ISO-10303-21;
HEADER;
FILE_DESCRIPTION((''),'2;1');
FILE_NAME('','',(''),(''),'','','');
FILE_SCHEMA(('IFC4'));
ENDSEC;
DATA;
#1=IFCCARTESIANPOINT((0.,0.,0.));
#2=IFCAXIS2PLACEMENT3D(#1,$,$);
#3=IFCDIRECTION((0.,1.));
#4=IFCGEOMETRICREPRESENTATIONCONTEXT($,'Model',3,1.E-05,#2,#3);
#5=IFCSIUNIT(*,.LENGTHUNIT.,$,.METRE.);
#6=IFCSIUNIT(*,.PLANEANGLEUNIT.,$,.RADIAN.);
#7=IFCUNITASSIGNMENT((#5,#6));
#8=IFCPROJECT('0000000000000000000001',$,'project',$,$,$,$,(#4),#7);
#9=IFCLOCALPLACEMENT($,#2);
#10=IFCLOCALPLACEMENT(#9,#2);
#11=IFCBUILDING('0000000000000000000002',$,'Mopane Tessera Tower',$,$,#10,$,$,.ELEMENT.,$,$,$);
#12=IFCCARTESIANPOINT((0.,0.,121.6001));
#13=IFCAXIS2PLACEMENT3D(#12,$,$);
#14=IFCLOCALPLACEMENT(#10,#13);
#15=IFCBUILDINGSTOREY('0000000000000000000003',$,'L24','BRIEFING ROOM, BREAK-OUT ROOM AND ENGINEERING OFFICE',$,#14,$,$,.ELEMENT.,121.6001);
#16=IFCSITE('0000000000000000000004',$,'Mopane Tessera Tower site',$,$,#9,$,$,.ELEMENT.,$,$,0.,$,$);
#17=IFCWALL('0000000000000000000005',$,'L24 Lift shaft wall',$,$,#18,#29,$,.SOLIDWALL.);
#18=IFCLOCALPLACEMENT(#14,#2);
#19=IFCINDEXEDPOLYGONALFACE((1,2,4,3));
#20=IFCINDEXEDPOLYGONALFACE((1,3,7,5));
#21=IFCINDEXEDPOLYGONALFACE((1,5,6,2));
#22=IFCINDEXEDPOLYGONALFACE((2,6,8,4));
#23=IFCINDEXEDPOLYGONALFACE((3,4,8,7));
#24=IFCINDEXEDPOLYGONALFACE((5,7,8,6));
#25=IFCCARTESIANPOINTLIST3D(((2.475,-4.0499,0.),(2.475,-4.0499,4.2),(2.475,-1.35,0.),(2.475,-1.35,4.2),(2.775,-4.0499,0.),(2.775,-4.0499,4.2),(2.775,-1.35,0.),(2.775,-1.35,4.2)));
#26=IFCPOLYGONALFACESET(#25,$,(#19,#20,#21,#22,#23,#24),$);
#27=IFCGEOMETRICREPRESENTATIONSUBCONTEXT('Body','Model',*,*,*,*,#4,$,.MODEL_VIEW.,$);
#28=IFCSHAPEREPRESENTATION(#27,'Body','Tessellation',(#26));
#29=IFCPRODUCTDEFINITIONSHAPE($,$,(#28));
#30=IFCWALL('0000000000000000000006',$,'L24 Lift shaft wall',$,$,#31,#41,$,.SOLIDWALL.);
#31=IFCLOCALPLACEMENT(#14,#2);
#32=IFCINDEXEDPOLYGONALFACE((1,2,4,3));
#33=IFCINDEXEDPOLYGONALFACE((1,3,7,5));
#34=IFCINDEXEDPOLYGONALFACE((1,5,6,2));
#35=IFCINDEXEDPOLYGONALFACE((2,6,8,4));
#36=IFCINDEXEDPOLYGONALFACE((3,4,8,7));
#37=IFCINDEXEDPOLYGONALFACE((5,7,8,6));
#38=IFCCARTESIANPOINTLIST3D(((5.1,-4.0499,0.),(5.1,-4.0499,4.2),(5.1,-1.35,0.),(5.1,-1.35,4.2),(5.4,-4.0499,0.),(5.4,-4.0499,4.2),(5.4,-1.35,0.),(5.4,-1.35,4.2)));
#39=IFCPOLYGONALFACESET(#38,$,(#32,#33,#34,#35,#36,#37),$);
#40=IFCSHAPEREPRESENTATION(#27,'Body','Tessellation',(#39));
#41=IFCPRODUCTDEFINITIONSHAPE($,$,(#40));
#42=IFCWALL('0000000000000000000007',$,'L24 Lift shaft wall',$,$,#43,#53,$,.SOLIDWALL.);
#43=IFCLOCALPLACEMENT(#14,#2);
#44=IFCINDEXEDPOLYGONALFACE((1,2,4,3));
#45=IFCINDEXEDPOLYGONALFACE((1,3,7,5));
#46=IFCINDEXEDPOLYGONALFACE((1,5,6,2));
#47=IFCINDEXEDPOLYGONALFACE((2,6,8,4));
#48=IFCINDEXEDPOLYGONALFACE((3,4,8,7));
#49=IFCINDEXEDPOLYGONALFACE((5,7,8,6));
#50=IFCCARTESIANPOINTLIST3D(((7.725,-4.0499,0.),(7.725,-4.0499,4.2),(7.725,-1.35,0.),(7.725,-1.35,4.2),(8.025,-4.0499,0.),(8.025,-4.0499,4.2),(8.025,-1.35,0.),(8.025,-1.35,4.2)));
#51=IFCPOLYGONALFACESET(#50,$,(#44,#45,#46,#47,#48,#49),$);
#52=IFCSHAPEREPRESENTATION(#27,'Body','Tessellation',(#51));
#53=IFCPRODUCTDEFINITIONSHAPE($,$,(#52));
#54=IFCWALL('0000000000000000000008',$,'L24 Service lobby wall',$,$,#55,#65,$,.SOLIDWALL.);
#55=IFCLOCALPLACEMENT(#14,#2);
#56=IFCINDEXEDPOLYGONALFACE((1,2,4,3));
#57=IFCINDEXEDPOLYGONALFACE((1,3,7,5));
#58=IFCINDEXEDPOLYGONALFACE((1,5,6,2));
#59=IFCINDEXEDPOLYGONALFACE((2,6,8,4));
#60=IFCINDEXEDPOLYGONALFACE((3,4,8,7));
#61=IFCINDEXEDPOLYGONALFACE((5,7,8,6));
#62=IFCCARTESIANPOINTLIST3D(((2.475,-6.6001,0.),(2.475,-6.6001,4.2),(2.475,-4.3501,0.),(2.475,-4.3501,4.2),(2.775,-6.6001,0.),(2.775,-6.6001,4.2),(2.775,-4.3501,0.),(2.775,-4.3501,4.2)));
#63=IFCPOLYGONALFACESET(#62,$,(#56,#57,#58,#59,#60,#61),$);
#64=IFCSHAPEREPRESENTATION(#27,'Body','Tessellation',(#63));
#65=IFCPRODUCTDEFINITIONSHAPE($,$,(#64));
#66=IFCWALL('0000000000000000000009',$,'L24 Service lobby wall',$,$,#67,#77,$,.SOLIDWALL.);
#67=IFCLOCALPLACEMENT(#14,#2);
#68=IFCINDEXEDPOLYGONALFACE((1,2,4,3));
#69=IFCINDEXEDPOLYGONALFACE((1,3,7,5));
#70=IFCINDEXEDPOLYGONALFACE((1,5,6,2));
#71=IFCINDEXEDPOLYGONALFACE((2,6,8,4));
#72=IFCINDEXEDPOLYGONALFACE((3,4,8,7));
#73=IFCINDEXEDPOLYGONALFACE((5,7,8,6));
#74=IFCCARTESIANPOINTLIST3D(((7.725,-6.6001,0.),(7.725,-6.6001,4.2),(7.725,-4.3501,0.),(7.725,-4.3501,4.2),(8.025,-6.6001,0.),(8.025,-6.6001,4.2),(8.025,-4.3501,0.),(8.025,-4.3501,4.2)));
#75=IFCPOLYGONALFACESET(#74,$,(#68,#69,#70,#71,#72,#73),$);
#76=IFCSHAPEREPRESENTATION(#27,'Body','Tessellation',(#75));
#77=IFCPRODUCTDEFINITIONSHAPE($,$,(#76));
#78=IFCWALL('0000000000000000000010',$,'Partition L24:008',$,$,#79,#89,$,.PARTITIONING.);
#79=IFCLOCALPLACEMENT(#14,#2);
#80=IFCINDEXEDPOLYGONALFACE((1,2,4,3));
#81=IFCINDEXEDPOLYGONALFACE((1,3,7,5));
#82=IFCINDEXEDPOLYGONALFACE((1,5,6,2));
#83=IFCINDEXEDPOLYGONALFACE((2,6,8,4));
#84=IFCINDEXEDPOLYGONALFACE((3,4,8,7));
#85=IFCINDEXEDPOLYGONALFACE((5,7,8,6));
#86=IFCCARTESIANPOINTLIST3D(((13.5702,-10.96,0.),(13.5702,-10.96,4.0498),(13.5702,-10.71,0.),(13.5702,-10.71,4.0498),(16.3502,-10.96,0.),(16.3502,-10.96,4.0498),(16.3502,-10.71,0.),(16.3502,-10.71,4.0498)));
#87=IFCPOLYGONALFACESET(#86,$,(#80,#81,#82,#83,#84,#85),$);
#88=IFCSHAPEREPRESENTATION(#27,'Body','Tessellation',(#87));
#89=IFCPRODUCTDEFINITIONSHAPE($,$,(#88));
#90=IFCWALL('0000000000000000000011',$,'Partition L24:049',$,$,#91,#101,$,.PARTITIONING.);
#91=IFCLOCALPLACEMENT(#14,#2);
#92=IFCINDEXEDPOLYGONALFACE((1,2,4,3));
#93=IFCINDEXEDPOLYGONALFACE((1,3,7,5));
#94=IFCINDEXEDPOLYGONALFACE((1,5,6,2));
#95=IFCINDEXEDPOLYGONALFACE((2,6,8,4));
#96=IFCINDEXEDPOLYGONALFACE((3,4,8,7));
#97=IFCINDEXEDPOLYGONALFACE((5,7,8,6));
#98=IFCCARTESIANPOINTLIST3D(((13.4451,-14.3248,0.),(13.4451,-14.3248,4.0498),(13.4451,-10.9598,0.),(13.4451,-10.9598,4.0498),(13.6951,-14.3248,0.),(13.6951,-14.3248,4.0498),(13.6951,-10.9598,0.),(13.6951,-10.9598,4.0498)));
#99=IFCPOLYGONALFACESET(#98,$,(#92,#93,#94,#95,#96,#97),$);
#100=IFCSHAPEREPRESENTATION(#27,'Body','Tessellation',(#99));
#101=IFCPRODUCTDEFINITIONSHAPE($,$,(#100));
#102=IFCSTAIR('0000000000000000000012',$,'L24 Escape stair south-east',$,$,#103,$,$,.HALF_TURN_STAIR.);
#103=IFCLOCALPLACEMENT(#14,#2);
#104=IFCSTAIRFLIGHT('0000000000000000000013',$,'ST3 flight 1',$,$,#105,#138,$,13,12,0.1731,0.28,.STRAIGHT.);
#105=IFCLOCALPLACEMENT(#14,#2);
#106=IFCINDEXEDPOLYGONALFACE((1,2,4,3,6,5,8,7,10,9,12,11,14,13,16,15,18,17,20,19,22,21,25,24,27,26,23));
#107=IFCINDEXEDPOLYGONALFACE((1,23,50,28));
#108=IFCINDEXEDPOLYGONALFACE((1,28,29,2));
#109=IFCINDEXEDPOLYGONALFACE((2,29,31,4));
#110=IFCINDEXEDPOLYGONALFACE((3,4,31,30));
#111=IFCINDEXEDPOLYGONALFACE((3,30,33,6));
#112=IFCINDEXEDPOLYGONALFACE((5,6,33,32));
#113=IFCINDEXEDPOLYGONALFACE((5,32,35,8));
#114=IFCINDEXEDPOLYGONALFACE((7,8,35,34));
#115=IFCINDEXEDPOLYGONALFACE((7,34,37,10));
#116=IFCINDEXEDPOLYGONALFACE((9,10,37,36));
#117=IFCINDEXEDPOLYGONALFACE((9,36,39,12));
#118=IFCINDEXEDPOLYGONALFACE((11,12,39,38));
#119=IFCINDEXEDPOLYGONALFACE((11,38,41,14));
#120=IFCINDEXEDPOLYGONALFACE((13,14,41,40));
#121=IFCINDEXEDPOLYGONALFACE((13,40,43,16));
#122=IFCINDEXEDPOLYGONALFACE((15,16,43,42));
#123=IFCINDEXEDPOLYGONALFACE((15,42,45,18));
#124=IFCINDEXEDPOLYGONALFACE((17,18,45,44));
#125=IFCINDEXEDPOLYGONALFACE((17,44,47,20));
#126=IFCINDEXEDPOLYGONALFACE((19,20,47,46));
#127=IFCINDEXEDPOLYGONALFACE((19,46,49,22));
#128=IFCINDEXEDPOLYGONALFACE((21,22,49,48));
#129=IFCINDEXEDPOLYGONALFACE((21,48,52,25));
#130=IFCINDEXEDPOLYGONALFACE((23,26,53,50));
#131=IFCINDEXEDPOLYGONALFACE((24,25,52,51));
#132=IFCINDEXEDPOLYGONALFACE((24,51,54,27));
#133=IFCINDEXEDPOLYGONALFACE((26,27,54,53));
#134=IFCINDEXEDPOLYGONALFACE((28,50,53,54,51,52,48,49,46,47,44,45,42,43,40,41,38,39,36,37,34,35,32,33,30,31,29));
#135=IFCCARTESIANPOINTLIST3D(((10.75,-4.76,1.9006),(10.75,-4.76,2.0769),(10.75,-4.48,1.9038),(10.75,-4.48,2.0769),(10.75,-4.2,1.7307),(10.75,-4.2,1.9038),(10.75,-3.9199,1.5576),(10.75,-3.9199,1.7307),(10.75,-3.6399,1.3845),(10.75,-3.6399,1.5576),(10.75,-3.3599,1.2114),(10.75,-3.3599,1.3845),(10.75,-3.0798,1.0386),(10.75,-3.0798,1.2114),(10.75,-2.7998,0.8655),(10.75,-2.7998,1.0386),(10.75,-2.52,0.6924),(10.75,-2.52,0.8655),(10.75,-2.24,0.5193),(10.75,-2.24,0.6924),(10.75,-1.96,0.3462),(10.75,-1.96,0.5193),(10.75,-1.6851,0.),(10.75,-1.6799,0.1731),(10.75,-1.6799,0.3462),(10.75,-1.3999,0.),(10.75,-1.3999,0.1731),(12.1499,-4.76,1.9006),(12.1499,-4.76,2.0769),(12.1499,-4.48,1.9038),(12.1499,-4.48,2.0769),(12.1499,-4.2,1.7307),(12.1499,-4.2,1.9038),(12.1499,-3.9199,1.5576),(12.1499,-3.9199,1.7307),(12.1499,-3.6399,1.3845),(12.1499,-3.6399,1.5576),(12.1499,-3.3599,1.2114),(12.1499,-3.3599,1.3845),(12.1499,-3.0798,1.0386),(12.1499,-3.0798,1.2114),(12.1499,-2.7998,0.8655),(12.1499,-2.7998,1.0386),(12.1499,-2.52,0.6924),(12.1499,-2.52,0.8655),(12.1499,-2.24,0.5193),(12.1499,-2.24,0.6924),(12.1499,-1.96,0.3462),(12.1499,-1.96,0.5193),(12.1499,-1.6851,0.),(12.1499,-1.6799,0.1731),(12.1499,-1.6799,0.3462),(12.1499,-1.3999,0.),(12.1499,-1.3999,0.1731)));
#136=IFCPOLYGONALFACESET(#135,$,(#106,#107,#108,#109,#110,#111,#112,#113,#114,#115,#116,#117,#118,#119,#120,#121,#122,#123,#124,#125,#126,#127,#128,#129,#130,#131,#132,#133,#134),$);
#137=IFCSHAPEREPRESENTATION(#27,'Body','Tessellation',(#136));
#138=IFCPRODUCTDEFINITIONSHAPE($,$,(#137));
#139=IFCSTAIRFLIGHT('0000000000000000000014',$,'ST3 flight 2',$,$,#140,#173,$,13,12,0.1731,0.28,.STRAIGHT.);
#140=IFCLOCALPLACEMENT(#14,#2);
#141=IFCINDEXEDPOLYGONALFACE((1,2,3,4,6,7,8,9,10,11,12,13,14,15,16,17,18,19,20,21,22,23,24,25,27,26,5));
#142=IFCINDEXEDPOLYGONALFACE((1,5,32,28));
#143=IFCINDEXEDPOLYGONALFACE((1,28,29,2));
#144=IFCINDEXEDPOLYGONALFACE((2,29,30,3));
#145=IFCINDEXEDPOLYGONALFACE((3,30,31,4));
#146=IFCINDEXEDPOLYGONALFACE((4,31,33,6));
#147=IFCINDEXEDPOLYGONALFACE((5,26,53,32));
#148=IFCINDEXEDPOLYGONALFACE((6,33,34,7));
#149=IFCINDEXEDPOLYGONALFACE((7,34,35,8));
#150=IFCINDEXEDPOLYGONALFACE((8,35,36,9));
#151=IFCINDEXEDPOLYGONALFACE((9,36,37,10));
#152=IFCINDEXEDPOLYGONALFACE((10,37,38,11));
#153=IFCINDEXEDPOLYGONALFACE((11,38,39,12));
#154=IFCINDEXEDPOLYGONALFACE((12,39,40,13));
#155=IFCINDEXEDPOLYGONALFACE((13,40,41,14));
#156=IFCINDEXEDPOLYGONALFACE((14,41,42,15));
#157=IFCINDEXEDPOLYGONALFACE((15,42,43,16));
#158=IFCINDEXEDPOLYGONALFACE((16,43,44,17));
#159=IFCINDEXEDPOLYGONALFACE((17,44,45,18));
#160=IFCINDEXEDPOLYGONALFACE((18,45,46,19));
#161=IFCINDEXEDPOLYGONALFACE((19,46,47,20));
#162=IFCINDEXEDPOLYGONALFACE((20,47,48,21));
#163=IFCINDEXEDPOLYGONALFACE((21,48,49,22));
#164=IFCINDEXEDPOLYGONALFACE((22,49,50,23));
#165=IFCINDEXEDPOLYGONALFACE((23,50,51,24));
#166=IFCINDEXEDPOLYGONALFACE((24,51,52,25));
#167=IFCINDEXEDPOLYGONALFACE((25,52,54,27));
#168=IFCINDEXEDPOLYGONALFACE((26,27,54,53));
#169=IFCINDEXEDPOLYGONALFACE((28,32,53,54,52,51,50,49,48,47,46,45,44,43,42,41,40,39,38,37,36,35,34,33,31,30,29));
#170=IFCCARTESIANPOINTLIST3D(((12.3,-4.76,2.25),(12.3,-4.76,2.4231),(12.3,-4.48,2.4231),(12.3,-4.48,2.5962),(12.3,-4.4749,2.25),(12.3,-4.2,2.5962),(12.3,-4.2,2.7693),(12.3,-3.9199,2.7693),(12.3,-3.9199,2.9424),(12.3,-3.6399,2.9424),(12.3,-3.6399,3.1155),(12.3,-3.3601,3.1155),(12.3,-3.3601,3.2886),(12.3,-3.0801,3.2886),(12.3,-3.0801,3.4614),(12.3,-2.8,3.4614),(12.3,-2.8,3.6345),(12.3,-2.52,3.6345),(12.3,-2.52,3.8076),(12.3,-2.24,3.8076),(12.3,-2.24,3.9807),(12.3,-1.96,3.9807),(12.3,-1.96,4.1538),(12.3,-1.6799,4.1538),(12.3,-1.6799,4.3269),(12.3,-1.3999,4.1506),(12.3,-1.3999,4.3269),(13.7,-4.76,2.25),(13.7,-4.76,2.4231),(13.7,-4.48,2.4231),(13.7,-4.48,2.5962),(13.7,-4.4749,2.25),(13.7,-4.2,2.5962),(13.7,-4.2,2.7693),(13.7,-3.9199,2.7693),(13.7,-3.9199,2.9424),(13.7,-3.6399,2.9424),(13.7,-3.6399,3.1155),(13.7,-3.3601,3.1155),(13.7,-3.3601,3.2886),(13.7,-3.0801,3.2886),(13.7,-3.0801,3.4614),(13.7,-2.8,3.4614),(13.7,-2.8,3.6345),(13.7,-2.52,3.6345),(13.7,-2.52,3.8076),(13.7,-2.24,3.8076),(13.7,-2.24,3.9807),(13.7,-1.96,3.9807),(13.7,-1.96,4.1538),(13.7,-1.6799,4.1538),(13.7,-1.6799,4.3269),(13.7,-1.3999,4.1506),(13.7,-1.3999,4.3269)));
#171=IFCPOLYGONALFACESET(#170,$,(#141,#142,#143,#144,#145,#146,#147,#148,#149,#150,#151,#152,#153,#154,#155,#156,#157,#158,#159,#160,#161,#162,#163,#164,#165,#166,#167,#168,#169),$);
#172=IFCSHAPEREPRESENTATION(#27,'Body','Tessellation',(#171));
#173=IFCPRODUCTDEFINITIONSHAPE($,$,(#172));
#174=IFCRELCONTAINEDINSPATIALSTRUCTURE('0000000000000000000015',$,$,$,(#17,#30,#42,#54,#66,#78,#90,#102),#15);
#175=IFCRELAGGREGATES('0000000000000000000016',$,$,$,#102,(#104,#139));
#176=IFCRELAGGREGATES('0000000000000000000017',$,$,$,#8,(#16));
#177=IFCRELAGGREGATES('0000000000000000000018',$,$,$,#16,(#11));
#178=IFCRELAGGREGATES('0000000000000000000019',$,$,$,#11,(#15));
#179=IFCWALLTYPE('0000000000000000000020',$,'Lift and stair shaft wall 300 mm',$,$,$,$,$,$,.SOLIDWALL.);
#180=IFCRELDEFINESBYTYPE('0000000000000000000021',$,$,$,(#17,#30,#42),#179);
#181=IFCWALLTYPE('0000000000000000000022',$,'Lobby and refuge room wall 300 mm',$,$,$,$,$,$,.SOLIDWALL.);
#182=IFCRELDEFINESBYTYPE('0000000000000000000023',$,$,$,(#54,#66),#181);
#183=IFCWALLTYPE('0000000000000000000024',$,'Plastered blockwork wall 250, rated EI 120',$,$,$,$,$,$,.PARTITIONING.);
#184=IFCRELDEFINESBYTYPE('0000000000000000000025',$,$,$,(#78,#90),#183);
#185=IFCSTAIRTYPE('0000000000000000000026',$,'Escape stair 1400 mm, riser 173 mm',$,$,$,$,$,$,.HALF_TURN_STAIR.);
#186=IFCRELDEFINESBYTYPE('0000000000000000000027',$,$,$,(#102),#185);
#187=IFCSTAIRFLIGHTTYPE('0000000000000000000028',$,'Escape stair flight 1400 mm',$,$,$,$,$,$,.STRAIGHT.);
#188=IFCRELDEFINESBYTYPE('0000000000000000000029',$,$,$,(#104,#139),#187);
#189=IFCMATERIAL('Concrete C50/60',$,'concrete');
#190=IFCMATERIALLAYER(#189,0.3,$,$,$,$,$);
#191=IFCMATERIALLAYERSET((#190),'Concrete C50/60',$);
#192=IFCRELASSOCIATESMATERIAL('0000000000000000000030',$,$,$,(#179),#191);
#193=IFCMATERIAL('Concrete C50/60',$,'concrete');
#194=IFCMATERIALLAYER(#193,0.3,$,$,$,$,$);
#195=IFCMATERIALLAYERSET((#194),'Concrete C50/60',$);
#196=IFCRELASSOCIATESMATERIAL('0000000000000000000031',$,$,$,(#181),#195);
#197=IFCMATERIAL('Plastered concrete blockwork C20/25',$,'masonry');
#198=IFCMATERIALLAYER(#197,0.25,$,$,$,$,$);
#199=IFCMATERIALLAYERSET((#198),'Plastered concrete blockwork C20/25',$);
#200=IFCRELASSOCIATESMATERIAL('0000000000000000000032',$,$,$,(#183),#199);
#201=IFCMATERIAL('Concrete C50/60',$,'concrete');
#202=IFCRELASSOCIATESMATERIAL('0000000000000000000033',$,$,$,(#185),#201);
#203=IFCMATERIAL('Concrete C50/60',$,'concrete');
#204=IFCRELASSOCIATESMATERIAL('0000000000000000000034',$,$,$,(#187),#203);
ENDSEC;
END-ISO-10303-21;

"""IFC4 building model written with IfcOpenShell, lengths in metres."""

from ifc_helpers import new_model, si_unit, direction, frame, frame_2d, origin, place, context, subcontext, project, spatial, polyline, rectangle, outline, extrude, material, layer, layer_set, type_object, element, aggregate, save


model = new_model("IFC4")

# Units and contexts
model_context = context("Model", 3, precision=1e-05, world=origin(), true_north=direction((0.0, 1.0)))
body_context = subcontext(model_context, "Body", "Model", "MODEL_VIEW")
ifc_project = project(units=[si_unit("LENGTHUNIT", "METRE"), si_unit("PLANEANGLEUNIT", "RADIAN")], contexts=[model_context])

# Site, building, storey
site_placement = place(None, origin())
site = spatial("IfcSite", under=ifc_project, at=site_placement, Name="Mopane Tessera Tower site", CompositionType="ELEMENT", RefElevation=0.0)
building_placement = place(site_placement, origin())
building = spatial("IfcBuilding", under=site, at=building_placement, Name="Mopane Tessera Tower", CompositionType="ELEMENT")
storey_placement = place(building_placement, frame((0.0, 0.0, 121.6001)))
storey = spatial("IfcBuildingStorey", under=building, at=storey_placement, Name="L24", Description="BRIEFING ROOM, BREAK-OUT ROOM AND ENGINEERING OFFICE", CompositionType="ELEMENT", Elevation=121.6001)

# Shared definitions
ifc_material_1 = material(Name="Concrete C50/60", Category="concrete")
ifc_layer_1 = layer(ifc_material_1, 0.3)
ifc_layer_set_1 = layer_set([ifc_layer_1], Name="Concrete C50/60")
wall_type_1 = type_object("IfcWallType", Name="Lift and stair shaft wall 300 mm", PredefinedType="SOLIDWALL", material=ifc_layer_set_1)

# Walls
for number, where, z_axis, x_axis, name in (
    (1, (2.625, -4.05, 0.0), (0.0, 0.0, 1.0), (0.0, 1.0, 0.0), "L24 Lift shaft wall"),
    (2, (5.25, -4.05, 0.0), (0.0, 0.0, 1.0), (0.0, 1.0, 0.0), "L24 Lift shaft wall"),
    (3, (7.875, -4.05, 0.0), (0.0, 0.0, 1.0), (0.0, 1.0, 0.0), "L24 Lift shaft wall"),
):
    element("IfcWall", number, at=place(storey_placement, frame(where, z_axis=z_axis, x_axis=x_axis)), inside=storey, type_object=wall_type_1, Name=name, PredefinedType="SOLIDWALL", context=body_context, shape_type="SweptSolid", body=[
        extrude(rectangle(XDim=2.7, YDim=0.3, at=frame_2d((1.3501, 0.0))), origin(), (0.0, 0.0, 1.0), 4.2),
    ])
ifc_material_2 = material(Name="Concrete C50/60", Category="concrete")
ifc_layer_2 = layer(ifc_material_2, 0.3)
ifc_layer_set_2 = layer_set([ifc_layer_2], Name="Concrete C50/60")
wall_type_2 = type_object("IfcWallType", Name="Lobby and refuge room wall 300 mm", PredefinedType="SOLIDWALL", material=ifc_layer_set_2)
for number, where, z_axis, x_axis, name in (
    (4, (2.625, -6.6001, 0.0), (0.0, 0.0, 1.0), (0.0, 1.0, 0.0), "L24 Service lobby wall"),
    (5, (7.875, -6.6001, 0.0), (0.0, 0.0, 1.0), (0.0, 1.0, 0.0), "L24 Service lobby wall"),
):
    element("IfcWall", number, at=place(storey_placement, frame(where, z_axis=z_axis, x_axis=x_axis)), inside=storey, type_object=wall_type_2, Name=name, PredefinedType="SOLIDWALL", context=body_context, shape_type="SweptSolid", body=[
        extrude(rectangle(XDim=2.25, YDim=0.3, at=frame_2d((1.125, 0.0))), origin(), (0.0, 0.0, 1.0), 4.2),
    ])
ifc_material_3 = material(Name="Plastered concrete blockwork C20/25", Category="masonry")
ifc_layer_3 = layer(ifc_material_3, 0.25)
ifc_layer_set_3 = layer_set([ifc_layer_3], Name="Plastered concrete blockwork C20/25")
wall_type_3 = type_object("IfcWallType", Name="Plastered blockwork wall 250, rated EI 120", PredefinedType="PARTITIONING", material=ifc_layer_set_3)
wall_1_placement = place(storey_placement, frame((13.5701, -10.835, 0.0), z_axis=(0.0, 0.0, 1.0), x_axis=(1.0, 0.0, 0.0)))
element("IfcWall", 6, at=wall_1_placement, inside=storey, type_object=wall_type_3, Name="Partition L24:008", PredefinedType="PARTITIONING", context=body_context, shape_type="SweptSolid", body=[
    extrude(rectangle(XDim=2.78, YDim=0.25, at=frame_2d((1.3901, 0.0))), origin(), (0.0, 0.0, 1.0), 4.0498),
])
wall_2_placement = place(storey_placement, frame((13.5701, -14.325, 0.0), z_axis=(0.0, 0.0, 1.0), x_axis=(0.0, 1.0, 0.0)))
element("IfcWall", 7, at=wall_2_placement, inside=storey, type_object=wall_type_3, Name="Partition L24:049", PredefinedType="PARTITIONING", context=body_context, shape_type="SweptSolid", body=[
    extrude(rectangle(XDim=3.365, YDim=0.25, at=frame_2d((1.6826, 0.0))), origin(), (0.0, 0.0, 1.0), 4.0498),
])

# Stair, stair flights
ifc_material_4 = material(Name="Concrete C50/60", Category="concrete")
stair_type = type_object("IfcStairType", Name="Escape stair 1400 mm, riser 173 mm", PredefinedType="HALF_TURN_STAIR", material=ifc_material_4)
stair_placement = place(storey_placement, origin())
stair = element("IfcStair", 8, at=stair_placement, inside=storey, type_object=stair_type, Name="L24 Escape stair south-east", PredefinedType="HALF_TURN_STAIR")
ifc_material_5 = material(Name="Concrete C50/60", Category="concrete")
stair_flight_type = type_object("IfcStairFlightType", Name="Escape stair flight 1400 mm", PredefinedType="STRAIGHT", material=ifc_material_5)
stair_flight_1_placement = place(storey_placement, frame((11.45, -1.3999, 0.0), z_axis=(0.0, 0.0, 1.0), x_axis=(0.0, -1.0, 0.0)))
stair_flight_1 = element("IfcStairFlight", 9, at=stair_flight_1_placement, type_object=stair_flight_type, Name="ST3 flight 1", NumberOfRisers=13, NumberOfTreads=12, PredefinedType="STRAIGHT", RiserHeight=0.1731, TreadLength=0.28, context=body_context, shape_type="SweptSolid", body=[
    extrude(outline(polyline([(0.0, 0.0), (0.0, 0.1731), (0.28, 0.1731), (0.28, 0.3462), (0.5601, 0.3462), (0.5601, 0.5193), (0.8401, 0.5193), (0.8401, 0.6924), (1.1201, 0.6924), (1.1201, 0.8655), (1.3999, 0.8655), (1.3999, 1.0386), (1.6799, 1.0386), (1.6799, 1.2114), (1.96, 1.2114), (1.96, 1.3845), (2.24, 1.3845), (2.24, 1.5576), (2.52, 1.5576), (2.52, 1.7307), (2.8, 1.7307), (2.8, 1.9038), (3.0801, 1.9038), (3.0801, 2.0769), (3.3601, 2.0769), (3.3601, 2.25), (3.3601, 1.9006), (0.2852, 0.0), (0.0, 0.0)])), frame((0.0, 0.7, 0.0), z_axis=(0.0, -1.0, 0.0), x_axis=(1.0, 0.0, 0.0)), (0.0, 0.0, 1.0), 1.3999),
])
stair_flight_2_placement = place(storey_placement, frame((13.0, -4.76, 2.25), z_axis=(0.0, 0.0, 1.0), x_axis=(0.0, 1.0, 0.0)))
stair_flight_2 = element("IfcStairFlight", 10, at=stair_flight_2_placement, type_object=stair_flight_type, Name="ST3 flight 2", NumberOfRisers=13, NumberOfTreads=12, PredefinedType="STRAIGHT", RiserHeight=0.1731, TreadLength=0.28, context=body_context, shape_type="SweptSolid", body=[
    extrude(outline(polyline([(0.0, 0.0), (0.0, 0.1731), (0.28, 0.1731), (0.28, 0.3462), (0.5601, 0.3462), (0.5601, 0.5193), (0.8401, 0.5193), (0.8401, 0.6924), (1.1201, 0.6924), (1.1201, 0.8655), (1.3999, 0.8655), (1.3999, 1.0386), (1.6799, 1.0386), (1.6799, 1.2114), (1.96, 1.2114), (1.96, 1.3845), (2.24, 1.3845), (2.24, 1.5576), (2.52, 1.5576), (2.52, 1.7307), (2.8, 1.7307), (2.8, 1.9038), (3.0801, 1.9038), (3.0801, 2.0769), (3.3601, 2.0769), (3.3601, 2.25), (3.3601, 1.9006), (0.2852, 0.0), (0.0, 0.0)])), frame((0.0, 0.7, 0.0), z_axis=(0.0, -1.0, 0.0), x_axis=(1.0, 0.0, 0.0)), (0.0, 0.0, 1.0), 1.3999),
])
aggregate(stair, [stair_flight_1, stair_flight_2])

save(model, "model.ifc")
